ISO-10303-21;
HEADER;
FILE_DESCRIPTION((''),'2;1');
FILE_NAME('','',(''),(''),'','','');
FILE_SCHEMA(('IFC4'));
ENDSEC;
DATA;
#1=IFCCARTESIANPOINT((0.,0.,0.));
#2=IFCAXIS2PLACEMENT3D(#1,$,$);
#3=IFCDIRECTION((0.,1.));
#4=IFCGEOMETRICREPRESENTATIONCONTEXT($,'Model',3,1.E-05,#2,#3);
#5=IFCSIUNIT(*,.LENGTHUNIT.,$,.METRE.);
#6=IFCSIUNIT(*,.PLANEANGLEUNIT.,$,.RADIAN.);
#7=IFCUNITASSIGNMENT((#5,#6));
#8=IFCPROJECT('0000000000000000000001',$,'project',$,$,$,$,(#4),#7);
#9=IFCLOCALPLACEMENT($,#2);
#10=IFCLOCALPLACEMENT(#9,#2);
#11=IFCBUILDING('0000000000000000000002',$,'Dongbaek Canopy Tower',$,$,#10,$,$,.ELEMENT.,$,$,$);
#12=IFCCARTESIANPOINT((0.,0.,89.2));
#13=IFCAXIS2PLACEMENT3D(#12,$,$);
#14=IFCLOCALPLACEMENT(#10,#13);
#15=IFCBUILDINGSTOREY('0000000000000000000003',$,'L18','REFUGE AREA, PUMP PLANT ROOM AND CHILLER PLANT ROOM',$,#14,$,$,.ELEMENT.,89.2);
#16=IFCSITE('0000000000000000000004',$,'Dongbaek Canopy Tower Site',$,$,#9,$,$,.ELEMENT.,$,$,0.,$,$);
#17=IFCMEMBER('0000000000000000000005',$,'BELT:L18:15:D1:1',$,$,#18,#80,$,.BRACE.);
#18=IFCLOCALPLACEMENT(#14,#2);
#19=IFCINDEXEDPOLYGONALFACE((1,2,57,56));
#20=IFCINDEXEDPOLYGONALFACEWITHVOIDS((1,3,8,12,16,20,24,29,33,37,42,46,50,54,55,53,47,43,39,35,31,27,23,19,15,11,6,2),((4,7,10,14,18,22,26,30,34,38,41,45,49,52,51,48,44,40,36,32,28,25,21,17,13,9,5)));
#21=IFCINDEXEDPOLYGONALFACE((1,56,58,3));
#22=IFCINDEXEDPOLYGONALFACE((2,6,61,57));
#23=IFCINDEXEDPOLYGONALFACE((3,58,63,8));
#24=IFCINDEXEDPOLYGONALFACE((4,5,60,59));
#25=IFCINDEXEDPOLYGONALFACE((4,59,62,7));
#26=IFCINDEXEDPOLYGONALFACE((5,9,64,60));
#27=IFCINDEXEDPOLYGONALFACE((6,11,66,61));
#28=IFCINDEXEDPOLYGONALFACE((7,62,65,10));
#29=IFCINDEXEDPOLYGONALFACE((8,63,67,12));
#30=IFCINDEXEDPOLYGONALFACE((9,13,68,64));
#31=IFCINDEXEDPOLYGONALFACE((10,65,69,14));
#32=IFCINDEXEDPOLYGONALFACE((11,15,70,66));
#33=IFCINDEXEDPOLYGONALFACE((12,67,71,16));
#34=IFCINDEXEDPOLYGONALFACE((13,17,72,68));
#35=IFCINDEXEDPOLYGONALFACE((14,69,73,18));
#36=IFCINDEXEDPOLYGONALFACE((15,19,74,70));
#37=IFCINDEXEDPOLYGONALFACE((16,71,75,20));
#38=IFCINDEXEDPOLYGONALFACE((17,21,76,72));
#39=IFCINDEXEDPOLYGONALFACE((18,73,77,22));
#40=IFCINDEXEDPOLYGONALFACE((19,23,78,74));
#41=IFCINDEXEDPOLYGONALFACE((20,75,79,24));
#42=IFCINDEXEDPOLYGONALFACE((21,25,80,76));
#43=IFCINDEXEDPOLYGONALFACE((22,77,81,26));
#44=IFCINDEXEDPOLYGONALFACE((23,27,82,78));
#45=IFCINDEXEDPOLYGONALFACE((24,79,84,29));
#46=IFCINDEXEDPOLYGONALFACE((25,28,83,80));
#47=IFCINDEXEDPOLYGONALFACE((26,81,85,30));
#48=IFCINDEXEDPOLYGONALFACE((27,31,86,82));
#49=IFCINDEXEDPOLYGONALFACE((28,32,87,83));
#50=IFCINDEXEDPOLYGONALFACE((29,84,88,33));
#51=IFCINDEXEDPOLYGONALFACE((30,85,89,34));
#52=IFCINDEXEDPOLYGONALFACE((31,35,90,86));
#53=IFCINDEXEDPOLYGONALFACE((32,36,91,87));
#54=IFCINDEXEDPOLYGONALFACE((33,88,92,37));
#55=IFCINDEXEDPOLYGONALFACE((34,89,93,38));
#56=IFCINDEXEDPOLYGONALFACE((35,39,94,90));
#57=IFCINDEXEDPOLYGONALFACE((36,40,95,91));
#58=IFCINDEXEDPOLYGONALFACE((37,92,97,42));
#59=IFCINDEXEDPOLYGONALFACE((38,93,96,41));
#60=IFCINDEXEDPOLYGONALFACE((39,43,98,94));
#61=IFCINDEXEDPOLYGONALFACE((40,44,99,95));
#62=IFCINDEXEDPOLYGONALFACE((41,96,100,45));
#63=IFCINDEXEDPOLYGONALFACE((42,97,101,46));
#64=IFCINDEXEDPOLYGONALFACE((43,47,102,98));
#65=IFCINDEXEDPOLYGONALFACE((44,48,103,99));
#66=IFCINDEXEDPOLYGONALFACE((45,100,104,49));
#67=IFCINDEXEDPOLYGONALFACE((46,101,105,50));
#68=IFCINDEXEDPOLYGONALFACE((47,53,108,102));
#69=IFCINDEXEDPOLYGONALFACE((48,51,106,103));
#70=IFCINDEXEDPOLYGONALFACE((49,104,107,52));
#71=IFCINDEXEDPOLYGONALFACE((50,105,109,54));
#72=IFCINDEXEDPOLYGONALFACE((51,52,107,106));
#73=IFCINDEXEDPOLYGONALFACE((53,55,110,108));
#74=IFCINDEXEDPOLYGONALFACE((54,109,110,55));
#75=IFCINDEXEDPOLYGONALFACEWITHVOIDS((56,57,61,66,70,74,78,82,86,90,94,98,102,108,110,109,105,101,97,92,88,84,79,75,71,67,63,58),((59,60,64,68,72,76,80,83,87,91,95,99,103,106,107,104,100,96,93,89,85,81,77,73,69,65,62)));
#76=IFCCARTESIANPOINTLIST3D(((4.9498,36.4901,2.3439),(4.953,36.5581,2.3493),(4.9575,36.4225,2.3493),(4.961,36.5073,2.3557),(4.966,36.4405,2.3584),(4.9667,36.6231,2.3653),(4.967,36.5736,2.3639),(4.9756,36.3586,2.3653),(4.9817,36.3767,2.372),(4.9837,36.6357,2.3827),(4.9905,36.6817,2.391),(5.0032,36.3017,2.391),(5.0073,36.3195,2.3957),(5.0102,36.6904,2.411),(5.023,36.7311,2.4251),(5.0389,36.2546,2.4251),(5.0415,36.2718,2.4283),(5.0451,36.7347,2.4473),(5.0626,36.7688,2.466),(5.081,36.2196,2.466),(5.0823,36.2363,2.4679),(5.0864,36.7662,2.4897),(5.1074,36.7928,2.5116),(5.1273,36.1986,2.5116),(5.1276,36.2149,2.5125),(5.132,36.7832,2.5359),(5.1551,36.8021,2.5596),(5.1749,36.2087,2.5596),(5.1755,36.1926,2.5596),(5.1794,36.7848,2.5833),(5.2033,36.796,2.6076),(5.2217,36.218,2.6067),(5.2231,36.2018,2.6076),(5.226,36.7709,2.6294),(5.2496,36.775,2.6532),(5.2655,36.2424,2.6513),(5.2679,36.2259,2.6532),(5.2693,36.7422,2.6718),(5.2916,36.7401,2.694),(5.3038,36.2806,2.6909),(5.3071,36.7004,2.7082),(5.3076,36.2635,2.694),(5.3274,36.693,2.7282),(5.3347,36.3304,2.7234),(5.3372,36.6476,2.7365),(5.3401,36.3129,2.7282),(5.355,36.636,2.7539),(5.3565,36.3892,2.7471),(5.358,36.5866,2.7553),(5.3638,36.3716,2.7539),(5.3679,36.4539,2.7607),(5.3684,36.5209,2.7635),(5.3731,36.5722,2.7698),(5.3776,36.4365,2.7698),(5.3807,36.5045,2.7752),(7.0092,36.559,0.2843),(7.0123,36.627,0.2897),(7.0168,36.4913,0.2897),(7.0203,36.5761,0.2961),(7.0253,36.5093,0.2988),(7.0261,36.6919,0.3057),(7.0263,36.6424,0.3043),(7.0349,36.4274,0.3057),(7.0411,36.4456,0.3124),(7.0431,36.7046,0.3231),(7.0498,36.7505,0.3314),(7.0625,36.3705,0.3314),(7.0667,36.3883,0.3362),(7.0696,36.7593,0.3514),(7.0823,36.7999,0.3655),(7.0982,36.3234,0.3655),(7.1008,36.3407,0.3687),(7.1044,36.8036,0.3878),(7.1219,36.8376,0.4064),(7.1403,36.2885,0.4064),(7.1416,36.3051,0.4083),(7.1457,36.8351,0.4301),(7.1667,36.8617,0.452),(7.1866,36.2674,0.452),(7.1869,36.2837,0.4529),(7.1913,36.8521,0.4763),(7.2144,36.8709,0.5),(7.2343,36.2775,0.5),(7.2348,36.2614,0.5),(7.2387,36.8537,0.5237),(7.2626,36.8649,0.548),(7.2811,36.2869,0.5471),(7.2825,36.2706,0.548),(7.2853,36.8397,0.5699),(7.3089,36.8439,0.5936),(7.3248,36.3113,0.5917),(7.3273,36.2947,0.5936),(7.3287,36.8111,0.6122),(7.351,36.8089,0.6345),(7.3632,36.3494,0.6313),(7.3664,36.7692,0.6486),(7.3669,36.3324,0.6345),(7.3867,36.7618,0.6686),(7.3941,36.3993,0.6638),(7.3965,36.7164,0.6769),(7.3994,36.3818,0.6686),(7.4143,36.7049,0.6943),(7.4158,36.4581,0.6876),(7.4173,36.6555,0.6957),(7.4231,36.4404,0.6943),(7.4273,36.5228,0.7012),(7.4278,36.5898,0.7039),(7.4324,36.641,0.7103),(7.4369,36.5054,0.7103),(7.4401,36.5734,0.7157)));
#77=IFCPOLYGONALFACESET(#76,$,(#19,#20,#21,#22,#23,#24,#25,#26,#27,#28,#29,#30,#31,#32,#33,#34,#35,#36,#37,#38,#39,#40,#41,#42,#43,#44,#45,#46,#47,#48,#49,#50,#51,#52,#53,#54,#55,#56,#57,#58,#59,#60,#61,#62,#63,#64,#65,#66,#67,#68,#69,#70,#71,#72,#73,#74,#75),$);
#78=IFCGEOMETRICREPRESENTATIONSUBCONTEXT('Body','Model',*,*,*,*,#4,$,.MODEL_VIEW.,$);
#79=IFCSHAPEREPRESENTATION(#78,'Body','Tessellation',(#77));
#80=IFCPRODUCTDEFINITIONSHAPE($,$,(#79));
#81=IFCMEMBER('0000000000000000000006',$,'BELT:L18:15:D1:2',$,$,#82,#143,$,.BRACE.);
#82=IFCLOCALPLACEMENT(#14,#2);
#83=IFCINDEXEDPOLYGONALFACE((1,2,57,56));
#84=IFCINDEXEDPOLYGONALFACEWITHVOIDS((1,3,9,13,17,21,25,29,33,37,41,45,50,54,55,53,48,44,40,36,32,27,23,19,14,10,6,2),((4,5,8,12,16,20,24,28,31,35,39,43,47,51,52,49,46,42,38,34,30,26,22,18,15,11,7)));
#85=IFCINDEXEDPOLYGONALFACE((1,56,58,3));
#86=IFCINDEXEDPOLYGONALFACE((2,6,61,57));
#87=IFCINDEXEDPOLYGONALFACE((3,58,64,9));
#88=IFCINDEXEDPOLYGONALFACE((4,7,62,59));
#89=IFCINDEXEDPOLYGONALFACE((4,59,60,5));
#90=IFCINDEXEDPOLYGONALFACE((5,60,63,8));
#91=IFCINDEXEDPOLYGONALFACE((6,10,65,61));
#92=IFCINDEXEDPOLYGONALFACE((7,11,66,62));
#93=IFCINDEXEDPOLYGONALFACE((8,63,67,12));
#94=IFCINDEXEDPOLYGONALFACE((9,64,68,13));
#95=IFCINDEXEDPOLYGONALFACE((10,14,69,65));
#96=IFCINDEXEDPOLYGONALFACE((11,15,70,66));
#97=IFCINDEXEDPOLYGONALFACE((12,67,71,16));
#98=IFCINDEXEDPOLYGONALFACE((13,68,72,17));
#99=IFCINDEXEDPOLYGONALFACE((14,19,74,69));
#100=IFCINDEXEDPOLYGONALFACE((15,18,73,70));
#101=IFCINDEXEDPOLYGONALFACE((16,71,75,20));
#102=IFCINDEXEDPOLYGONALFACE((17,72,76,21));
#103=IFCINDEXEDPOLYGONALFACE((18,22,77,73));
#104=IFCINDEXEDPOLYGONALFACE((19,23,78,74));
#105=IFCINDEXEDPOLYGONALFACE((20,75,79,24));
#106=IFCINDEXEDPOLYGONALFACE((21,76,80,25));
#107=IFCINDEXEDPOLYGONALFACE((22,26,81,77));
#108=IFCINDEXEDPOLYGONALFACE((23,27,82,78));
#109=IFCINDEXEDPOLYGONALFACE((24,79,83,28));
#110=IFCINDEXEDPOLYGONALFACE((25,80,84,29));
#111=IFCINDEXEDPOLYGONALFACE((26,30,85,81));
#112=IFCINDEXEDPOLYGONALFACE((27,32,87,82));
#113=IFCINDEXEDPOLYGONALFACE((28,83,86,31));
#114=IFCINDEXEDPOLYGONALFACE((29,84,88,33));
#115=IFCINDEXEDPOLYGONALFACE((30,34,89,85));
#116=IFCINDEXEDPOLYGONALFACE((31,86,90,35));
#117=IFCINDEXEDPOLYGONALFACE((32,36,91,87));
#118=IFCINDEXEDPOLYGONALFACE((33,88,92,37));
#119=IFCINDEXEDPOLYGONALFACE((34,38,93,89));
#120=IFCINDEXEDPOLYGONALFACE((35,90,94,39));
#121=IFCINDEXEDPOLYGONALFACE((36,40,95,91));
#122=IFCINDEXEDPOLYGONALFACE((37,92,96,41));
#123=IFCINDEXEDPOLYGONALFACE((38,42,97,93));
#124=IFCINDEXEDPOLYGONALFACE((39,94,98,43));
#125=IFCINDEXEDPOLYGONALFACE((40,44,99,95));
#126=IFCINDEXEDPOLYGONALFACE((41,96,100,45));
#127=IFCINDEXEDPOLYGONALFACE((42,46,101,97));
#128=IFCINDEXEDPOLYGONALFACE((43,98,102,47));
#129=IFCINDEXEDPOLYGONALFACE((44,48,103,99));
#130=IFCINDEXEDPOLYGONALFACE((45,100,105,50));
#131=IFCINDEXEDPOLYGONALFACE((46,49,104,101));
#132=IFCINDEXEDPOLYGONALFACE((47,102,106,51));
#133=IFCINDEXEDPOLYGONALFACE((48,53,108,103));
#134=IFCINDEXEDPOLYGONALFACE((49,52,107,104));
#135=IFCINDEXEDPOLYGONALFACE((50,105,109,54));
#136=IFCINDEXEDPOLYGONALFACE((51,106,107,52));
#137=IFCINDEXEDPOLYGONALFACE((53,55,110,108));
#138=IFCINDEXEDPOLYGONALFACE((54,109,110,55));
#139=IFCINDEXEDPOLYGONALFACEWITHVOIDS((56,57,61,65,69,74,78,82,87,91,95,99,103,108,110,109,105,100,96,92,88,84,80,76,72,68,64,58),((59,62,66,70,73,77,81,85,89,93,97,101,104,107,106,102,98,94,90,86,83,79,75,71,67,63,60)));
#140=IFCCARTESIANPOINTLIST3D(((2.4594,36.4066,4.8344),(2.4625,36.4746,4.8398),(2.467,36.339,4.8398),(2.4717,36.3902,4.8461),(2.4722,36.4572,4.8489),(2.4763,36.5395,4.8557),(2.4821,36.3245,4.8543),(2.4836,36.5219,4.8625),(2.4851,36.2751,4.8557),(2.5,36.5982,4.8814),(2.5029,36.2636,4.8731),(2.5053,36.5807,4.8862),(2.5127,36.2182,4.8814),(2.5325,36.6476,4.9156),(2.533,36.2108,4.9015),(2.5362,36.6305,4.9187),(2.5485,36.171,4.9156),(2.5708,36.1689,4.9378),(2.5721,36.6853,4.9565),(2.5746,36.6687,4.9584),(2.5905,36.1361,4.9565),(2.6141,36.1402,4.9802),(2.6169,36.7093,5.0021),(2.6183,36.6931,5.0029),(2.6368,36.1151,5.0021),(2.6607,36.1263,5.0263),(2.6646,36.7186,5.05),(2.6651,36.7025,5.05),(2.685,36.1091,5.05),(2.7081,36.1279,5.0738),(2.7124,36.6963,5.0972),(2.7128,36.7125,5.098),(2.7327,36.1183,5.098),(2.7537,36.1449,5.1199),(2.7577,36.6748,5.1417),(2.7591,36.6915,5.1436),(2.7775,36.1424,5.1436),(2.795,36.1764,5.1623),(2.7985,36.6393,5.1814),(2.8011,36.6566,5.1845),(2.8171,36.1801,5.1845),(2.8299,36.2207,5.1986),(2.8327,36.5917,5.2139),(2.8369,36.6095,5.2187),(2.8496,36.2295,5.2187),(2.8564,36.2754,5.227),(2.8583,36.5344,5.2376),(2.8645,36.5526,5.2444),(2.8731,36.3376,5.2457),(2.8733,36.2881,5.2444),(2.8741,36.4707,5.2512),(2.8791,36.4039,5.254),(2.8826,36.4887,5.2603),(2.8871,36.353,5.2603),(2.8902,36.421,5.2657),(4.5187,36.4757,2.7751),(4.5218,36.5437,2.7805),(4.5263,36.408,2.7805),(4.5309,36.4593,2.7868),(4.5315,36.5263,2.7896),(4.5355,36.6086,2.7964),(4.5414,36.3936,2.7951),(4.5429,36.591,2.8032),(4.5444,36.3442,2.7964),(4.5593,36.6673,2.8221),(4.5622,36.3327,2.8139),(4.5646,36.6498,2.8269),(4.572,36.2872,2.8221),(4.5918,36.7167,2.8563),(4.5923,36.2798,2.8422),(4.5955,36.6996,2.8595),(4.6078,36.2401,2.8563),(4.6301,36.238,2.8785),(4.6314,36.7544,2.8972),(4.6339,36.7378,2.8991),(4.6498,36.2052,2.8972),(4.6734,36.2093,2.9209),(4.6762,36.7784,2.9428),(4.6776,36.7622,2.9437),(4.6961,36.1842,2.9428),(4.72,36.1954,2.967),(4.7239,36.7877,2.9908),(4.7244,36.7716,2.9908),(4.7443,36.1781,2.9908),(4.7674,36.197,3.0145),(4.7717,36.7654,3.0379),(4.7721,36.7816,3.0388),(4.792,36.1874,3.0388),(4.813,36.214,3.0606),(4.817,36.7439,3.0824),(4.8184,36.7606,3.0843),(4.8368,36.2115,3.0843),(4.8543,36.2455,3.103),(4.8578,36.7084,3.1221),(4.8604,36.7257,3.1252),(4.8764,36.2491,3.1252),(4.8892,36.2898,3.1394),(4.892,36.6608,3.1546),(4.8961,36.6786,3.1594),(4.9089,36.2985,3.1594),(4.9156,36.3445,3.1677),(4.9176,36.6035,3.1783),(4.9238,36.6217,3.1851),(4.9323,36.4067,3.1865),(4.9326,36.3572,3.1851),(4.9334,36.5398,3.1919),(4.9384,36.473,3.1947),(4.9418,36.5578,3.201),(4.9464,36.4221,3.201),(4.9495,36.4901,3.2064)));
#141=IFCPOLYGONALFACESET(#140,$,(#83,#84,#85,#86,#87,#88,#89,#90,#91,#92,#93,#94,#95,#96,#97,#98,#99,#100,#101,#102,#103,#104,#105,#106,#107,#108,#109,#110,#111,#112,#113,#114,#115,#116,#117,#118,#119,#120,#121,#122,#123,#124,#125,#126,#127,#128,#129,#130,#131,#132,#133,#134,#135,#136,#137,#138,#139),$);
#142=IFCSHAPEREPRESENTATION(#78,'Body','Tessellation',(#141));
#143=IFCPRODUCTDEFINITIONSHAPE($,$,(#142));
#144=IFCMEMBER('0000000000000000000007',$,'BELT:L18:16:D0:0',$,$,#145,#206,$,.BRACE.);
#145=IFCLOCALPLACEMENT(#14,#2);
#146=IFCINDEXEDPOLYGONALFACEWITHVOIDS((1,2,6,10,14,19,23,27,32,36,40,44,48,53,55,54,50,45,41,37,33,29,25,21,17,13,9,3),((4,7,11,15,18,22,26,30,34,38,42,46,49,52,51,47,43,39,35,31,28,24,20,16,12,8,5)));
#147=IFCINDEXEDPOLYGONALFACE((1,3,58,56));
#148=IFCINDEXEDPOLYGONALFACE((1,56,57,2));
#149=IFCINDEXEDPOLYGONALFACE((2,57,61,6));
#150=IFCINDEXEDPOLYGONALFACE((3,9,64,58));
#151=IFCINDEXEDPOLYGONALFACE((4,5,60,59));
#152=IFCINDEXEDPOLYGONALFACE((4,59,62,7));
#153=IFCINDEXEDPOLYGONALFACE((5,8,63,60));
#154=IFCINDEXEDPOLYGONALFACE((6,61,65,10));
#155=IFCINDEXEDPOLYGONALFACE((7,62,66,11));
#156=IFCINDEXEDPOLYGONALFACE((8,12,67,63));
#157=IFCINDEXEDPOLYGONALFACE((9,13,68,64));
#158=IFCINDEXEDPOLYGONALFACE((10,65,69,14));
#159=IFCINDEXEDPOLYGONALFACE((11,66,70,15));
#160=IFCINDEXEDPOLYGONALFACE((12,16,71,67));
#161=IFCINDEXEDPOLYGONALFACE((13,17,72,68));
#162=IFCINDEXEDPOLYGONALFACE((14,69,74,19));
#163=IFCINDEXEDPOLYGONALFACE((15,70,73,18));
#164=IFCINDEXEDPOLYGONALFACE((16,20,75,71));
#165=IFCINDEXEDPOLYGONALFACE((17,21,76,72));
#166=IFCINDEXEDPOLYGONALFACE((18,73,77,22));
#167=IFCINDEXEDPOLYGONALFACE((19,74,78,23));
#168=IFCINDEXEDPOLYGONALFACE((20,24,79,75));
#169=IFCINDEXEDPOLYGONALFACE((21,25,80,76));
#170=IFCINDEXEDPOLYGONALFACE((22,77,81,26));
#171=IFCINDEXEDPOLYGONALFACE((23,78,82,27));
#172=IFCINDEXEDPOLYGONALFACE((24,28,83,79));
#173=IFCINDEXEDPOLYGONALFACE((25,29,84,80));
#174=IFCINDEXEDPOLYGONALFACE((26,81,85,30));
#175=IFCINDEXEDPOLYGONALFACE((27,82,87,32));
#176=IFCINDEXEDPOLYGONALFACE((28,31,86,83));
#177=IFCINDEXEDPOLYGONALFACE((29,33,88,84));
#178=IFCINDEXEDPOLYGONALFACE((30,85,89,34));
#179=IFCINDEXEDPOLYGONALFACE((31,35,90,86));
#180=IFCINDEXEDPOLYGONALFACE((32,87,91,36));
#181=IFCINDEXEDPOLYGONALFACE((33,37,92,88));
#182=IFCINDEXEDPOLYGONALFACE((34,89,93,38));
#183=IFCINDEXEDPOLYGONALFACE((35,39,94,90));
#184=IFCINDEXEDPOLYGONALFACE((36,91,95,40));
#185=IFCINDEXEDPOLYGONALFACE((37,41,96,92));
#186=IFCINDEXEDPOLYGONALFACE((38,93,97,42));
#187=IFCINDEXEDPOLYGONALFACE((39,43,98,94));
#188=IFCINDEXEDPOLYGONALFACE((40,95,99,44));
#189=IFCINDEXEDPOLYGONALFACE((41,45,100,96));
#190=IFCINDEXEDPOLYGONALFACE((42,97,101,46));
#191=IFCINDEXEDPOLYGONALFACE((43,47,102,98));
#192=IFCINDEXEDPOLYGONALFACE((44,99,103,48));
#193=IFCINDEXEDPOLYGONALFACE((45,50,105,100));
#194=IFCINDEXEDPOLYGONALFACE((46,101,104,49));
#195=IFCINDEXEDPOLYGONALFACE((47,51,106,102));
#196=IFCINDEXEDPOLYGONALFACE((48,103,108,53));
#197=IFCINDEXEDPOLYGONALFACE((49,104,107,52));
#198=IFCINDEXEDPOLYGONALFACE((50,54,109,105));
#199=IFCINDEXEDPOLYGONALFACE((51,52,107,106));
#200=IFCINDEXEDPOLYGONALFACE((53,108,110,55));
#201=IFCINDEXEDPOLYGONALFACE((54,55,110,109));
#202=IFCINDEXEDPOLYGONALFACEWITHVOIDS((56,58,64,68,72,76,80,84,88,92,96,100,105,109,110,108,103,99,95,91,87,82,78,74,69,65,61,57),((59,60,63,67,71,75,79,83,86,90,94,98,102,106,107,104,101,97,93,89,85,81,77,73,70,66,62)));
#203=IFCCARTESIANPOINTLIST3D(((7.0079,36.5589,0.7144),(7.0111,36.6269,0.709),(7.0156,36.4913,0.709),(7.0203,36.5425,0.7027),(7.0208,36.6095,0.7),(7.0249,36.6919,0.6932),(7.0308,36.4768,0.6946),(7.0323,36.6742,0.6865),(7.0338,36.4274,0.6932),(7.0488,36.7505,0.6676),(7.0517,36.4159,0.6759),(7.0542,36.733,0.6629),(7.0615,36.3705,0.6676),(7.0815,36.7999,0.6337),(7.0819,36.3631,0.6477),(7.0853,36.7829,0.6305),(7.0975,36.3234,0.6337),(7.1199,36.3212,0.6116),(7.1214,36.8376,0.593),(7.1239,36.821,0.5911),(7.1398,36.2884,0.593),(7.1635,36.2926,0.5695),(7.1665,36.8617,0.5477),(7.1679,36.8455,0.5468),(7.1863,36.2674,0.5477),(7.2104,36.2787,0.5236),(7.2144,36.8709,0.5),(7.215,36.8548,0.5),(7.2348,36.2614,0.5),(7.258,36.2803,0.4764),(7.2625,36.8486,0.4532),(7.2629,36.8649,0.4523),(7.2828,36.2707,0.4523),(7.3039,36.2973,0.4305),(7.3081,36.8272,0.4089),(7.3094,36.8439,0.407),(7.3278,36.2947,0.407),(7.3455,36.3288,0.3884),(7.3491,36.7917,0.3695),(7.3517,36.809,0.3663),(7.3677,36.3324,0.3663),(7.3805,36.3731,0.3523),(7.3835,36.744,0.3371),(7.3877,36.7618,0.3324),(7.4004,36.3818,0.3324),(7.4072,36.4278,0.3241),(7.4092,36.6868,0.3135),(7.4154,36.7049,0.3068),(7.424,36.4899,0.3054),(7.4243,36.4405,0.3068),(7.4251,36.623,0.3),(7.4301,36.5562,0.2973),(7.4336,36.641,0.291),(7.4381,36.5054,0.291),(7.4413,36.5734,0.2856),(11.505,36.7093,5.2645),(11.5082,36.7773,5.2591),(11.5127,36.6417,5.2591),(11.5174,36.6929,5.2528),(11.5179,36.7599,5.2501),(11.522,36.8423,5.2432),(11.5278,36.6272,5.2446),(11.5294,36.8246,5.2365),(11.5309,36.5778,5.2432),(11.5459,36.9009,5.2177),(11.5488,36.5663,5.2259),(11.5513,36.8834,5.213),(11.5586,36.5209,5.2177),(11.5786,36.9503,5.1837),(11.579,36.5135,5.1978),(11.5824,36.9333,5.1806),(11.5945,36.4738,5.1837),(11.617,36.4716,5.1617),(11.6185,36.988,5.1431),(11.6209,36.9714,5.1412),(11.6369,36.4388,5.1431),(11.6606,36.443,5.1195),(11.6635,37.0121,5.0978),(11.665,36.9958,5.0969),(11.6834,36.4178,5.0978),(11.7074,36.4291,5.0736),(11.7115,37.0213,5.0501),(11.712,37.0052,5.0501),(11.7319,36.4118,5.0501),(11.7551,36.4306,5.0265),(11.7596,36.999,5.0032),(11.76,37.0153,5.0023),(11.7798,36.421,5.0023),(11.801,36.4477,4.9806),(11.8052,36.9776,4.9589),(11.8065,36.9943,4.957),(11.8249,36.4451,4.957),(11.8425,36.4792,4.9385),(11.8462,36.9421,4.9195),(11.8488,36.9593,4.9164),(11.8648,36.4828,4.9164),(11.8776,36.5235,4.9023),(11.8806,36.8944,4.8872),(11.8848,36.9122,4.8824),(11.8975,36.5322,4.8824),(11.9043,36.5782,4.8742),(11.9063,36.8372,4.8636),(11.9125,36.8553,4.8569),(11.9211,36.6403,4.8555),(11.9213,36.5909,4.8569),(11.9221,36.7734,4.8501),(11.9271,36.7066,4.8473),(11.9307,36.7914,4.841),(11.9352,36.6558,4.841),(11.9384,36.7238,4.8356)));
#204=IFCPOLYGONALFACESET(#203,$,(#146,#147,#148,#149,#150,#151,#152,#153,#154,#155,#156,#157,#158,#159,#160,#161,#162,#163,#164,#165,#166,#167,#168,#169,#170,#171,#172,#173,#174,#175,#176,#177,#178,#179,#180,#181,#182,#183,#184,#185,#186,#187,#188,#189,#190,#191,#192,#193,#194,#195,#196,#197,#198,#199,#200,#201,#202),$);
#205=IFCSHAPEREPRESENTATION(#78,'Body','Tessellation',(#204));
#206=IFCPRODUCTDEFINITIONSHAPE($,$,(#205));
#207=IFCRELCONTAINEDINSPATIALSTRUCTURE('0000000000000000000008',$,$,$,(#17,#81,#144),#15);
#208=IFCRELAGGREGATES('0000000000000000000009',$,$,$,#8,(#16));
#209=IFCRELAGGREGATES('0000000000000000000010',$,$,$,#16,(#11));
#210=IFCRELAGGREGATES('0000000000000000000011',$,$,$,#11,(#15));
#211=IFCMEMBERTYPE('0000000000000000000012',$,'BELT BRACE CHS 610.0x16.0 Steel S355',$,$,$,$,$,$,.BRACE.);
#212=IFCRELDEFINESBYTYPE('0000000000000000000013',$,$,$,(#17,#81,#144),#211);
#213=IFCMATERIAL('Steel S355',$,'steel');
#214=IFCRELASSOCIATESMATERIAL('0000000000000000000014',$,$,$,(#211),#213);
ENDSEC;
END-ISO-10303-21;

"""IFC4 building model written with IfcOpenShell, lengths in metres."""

from ifc_helpers import new_model, si_unit, direction, frame, origin, origin_2d, place, context, subcontext, project, spatial, hollow_circle, extrude, material, material_profile, profile_set, type_object, element, save


model = new_model("IFC4")

# Units and contexts
model_context = context("Model", 3, precision=1e-05, world=origin(), true_north=direction((0.0, 1.0)))
body_context = subcontext(model_context, "Body", "Model", "MODEL_VIEW")
ifc_project = project(units=[si_unit("LENGTHUNIT", "METRE"), si_unit("PLANEANGLEUNIT", "RADIAN")], contexts=[model_context])

# Site, building, storey
site_placement = place(None, origin())
site = spatial("IfcSite", under=ifc_project, at=site_placement, Name="Dongbaek Canopy Tower Site", CompositionType="ELEMENT", RefElevation=0.0)
building_placement = place(site_placement, origin())
building = spatial("IfcBuilding", under=site, at=building_placement, Name="Dongbaek Canopy Tower", CompositionType="ELEMENT")
storey_placement = place(building_placement, frame((0.0, 0.0, 89.2)))
storey = spatial("IfcBuildingStorey", under=building, at=storey_placement, Name="L18", Description="REFUGE AREA, PUMP PLANT ROOM AND CHILLER PLANT ROOM", CompositionType="ELEMENT", Elevation=89.2)

# Members
ifc_material_1 = material(Name="Steel S355", Category="steel")
ifc_material_profile_1 = material_profile(ifc_material_1, hollow_circle(Radius=0.3049, WallThickness=0.0161, at=origin_2d()), Name="BELT BRACE CHS 610.0x16.0 Steel S355")
ifc_profile_set_1 = profile_set([ifc_material_profile_1], Name="Steel S355")
member_type_1 = type_object("IfcMemberType", Name="BELT BRACE CHS 610.0x16.0 Steel S355", PredefinedType="BRACE", material=ifc_profile_set_1)
member_1_placement = place(storey_placement, frame((7.2246, 36.5662, 0.5), z_axis=(-0.706867, -0.023632, 0.706951), x_axis=(0.033413, -0.999442, 0.0)))
element("IfcMember", 1, at=member_1_placement, inside=storey, type_object=member_type_1, Name="BELT:L18:15:D1:1", PredefinedType="BRACE", context=body_context, shape_type="SweptSolid", body=[
    extrude(hollow_circle(Radius=0.3049, WallThickness=0.0161, at=origin_2d()), origin(), (0.0, 0.0, 1.0), 2.9133),
])
member_2_placement = place(storey_placement, frame((2.6748, 36.4138, 5.05), z_axis=(0.706908, 0.023717, -0.706908), x_axis=(-0.033532, 0.999438, 0.0)))
element("IfcMember", 2, at=member_2_placement, inside=storey, type_object=member_type_1, Name="BELT:L18:15:D1:2", PredefinedType="BRACE", context=body_context, shape_type="SweptSolid", body=[
    extrude(hollow_circle(Radius=0.3049, WallThickness=0.0161, at=origin_2d()), origin(), (0.0, 0.0, 1.0), 2.9131),
])
member_3_placement = place(storey_placement, frame((7.2246, 36.5662, 0.5), z_axis=(0.70276, 0.023502, 0.711039), x_axis=(-0.033423, 0.999441, 0.0)))
element("IfcMember", 3, at=member_3_placement, inside=storey, type_object=member_type_1, Name="BELT:L18:16:D0:0", PredefinedType="BRACE", context=body_context, shape_type="SweptSolid", body=[
    extrude(hollow_circle(Radius=0.3049, WallThickness=0.0161, at=origin_2d()), origin(), (0.0, 0.0, 1.0), 6.3992),
])

save(model, "model.ifc")
